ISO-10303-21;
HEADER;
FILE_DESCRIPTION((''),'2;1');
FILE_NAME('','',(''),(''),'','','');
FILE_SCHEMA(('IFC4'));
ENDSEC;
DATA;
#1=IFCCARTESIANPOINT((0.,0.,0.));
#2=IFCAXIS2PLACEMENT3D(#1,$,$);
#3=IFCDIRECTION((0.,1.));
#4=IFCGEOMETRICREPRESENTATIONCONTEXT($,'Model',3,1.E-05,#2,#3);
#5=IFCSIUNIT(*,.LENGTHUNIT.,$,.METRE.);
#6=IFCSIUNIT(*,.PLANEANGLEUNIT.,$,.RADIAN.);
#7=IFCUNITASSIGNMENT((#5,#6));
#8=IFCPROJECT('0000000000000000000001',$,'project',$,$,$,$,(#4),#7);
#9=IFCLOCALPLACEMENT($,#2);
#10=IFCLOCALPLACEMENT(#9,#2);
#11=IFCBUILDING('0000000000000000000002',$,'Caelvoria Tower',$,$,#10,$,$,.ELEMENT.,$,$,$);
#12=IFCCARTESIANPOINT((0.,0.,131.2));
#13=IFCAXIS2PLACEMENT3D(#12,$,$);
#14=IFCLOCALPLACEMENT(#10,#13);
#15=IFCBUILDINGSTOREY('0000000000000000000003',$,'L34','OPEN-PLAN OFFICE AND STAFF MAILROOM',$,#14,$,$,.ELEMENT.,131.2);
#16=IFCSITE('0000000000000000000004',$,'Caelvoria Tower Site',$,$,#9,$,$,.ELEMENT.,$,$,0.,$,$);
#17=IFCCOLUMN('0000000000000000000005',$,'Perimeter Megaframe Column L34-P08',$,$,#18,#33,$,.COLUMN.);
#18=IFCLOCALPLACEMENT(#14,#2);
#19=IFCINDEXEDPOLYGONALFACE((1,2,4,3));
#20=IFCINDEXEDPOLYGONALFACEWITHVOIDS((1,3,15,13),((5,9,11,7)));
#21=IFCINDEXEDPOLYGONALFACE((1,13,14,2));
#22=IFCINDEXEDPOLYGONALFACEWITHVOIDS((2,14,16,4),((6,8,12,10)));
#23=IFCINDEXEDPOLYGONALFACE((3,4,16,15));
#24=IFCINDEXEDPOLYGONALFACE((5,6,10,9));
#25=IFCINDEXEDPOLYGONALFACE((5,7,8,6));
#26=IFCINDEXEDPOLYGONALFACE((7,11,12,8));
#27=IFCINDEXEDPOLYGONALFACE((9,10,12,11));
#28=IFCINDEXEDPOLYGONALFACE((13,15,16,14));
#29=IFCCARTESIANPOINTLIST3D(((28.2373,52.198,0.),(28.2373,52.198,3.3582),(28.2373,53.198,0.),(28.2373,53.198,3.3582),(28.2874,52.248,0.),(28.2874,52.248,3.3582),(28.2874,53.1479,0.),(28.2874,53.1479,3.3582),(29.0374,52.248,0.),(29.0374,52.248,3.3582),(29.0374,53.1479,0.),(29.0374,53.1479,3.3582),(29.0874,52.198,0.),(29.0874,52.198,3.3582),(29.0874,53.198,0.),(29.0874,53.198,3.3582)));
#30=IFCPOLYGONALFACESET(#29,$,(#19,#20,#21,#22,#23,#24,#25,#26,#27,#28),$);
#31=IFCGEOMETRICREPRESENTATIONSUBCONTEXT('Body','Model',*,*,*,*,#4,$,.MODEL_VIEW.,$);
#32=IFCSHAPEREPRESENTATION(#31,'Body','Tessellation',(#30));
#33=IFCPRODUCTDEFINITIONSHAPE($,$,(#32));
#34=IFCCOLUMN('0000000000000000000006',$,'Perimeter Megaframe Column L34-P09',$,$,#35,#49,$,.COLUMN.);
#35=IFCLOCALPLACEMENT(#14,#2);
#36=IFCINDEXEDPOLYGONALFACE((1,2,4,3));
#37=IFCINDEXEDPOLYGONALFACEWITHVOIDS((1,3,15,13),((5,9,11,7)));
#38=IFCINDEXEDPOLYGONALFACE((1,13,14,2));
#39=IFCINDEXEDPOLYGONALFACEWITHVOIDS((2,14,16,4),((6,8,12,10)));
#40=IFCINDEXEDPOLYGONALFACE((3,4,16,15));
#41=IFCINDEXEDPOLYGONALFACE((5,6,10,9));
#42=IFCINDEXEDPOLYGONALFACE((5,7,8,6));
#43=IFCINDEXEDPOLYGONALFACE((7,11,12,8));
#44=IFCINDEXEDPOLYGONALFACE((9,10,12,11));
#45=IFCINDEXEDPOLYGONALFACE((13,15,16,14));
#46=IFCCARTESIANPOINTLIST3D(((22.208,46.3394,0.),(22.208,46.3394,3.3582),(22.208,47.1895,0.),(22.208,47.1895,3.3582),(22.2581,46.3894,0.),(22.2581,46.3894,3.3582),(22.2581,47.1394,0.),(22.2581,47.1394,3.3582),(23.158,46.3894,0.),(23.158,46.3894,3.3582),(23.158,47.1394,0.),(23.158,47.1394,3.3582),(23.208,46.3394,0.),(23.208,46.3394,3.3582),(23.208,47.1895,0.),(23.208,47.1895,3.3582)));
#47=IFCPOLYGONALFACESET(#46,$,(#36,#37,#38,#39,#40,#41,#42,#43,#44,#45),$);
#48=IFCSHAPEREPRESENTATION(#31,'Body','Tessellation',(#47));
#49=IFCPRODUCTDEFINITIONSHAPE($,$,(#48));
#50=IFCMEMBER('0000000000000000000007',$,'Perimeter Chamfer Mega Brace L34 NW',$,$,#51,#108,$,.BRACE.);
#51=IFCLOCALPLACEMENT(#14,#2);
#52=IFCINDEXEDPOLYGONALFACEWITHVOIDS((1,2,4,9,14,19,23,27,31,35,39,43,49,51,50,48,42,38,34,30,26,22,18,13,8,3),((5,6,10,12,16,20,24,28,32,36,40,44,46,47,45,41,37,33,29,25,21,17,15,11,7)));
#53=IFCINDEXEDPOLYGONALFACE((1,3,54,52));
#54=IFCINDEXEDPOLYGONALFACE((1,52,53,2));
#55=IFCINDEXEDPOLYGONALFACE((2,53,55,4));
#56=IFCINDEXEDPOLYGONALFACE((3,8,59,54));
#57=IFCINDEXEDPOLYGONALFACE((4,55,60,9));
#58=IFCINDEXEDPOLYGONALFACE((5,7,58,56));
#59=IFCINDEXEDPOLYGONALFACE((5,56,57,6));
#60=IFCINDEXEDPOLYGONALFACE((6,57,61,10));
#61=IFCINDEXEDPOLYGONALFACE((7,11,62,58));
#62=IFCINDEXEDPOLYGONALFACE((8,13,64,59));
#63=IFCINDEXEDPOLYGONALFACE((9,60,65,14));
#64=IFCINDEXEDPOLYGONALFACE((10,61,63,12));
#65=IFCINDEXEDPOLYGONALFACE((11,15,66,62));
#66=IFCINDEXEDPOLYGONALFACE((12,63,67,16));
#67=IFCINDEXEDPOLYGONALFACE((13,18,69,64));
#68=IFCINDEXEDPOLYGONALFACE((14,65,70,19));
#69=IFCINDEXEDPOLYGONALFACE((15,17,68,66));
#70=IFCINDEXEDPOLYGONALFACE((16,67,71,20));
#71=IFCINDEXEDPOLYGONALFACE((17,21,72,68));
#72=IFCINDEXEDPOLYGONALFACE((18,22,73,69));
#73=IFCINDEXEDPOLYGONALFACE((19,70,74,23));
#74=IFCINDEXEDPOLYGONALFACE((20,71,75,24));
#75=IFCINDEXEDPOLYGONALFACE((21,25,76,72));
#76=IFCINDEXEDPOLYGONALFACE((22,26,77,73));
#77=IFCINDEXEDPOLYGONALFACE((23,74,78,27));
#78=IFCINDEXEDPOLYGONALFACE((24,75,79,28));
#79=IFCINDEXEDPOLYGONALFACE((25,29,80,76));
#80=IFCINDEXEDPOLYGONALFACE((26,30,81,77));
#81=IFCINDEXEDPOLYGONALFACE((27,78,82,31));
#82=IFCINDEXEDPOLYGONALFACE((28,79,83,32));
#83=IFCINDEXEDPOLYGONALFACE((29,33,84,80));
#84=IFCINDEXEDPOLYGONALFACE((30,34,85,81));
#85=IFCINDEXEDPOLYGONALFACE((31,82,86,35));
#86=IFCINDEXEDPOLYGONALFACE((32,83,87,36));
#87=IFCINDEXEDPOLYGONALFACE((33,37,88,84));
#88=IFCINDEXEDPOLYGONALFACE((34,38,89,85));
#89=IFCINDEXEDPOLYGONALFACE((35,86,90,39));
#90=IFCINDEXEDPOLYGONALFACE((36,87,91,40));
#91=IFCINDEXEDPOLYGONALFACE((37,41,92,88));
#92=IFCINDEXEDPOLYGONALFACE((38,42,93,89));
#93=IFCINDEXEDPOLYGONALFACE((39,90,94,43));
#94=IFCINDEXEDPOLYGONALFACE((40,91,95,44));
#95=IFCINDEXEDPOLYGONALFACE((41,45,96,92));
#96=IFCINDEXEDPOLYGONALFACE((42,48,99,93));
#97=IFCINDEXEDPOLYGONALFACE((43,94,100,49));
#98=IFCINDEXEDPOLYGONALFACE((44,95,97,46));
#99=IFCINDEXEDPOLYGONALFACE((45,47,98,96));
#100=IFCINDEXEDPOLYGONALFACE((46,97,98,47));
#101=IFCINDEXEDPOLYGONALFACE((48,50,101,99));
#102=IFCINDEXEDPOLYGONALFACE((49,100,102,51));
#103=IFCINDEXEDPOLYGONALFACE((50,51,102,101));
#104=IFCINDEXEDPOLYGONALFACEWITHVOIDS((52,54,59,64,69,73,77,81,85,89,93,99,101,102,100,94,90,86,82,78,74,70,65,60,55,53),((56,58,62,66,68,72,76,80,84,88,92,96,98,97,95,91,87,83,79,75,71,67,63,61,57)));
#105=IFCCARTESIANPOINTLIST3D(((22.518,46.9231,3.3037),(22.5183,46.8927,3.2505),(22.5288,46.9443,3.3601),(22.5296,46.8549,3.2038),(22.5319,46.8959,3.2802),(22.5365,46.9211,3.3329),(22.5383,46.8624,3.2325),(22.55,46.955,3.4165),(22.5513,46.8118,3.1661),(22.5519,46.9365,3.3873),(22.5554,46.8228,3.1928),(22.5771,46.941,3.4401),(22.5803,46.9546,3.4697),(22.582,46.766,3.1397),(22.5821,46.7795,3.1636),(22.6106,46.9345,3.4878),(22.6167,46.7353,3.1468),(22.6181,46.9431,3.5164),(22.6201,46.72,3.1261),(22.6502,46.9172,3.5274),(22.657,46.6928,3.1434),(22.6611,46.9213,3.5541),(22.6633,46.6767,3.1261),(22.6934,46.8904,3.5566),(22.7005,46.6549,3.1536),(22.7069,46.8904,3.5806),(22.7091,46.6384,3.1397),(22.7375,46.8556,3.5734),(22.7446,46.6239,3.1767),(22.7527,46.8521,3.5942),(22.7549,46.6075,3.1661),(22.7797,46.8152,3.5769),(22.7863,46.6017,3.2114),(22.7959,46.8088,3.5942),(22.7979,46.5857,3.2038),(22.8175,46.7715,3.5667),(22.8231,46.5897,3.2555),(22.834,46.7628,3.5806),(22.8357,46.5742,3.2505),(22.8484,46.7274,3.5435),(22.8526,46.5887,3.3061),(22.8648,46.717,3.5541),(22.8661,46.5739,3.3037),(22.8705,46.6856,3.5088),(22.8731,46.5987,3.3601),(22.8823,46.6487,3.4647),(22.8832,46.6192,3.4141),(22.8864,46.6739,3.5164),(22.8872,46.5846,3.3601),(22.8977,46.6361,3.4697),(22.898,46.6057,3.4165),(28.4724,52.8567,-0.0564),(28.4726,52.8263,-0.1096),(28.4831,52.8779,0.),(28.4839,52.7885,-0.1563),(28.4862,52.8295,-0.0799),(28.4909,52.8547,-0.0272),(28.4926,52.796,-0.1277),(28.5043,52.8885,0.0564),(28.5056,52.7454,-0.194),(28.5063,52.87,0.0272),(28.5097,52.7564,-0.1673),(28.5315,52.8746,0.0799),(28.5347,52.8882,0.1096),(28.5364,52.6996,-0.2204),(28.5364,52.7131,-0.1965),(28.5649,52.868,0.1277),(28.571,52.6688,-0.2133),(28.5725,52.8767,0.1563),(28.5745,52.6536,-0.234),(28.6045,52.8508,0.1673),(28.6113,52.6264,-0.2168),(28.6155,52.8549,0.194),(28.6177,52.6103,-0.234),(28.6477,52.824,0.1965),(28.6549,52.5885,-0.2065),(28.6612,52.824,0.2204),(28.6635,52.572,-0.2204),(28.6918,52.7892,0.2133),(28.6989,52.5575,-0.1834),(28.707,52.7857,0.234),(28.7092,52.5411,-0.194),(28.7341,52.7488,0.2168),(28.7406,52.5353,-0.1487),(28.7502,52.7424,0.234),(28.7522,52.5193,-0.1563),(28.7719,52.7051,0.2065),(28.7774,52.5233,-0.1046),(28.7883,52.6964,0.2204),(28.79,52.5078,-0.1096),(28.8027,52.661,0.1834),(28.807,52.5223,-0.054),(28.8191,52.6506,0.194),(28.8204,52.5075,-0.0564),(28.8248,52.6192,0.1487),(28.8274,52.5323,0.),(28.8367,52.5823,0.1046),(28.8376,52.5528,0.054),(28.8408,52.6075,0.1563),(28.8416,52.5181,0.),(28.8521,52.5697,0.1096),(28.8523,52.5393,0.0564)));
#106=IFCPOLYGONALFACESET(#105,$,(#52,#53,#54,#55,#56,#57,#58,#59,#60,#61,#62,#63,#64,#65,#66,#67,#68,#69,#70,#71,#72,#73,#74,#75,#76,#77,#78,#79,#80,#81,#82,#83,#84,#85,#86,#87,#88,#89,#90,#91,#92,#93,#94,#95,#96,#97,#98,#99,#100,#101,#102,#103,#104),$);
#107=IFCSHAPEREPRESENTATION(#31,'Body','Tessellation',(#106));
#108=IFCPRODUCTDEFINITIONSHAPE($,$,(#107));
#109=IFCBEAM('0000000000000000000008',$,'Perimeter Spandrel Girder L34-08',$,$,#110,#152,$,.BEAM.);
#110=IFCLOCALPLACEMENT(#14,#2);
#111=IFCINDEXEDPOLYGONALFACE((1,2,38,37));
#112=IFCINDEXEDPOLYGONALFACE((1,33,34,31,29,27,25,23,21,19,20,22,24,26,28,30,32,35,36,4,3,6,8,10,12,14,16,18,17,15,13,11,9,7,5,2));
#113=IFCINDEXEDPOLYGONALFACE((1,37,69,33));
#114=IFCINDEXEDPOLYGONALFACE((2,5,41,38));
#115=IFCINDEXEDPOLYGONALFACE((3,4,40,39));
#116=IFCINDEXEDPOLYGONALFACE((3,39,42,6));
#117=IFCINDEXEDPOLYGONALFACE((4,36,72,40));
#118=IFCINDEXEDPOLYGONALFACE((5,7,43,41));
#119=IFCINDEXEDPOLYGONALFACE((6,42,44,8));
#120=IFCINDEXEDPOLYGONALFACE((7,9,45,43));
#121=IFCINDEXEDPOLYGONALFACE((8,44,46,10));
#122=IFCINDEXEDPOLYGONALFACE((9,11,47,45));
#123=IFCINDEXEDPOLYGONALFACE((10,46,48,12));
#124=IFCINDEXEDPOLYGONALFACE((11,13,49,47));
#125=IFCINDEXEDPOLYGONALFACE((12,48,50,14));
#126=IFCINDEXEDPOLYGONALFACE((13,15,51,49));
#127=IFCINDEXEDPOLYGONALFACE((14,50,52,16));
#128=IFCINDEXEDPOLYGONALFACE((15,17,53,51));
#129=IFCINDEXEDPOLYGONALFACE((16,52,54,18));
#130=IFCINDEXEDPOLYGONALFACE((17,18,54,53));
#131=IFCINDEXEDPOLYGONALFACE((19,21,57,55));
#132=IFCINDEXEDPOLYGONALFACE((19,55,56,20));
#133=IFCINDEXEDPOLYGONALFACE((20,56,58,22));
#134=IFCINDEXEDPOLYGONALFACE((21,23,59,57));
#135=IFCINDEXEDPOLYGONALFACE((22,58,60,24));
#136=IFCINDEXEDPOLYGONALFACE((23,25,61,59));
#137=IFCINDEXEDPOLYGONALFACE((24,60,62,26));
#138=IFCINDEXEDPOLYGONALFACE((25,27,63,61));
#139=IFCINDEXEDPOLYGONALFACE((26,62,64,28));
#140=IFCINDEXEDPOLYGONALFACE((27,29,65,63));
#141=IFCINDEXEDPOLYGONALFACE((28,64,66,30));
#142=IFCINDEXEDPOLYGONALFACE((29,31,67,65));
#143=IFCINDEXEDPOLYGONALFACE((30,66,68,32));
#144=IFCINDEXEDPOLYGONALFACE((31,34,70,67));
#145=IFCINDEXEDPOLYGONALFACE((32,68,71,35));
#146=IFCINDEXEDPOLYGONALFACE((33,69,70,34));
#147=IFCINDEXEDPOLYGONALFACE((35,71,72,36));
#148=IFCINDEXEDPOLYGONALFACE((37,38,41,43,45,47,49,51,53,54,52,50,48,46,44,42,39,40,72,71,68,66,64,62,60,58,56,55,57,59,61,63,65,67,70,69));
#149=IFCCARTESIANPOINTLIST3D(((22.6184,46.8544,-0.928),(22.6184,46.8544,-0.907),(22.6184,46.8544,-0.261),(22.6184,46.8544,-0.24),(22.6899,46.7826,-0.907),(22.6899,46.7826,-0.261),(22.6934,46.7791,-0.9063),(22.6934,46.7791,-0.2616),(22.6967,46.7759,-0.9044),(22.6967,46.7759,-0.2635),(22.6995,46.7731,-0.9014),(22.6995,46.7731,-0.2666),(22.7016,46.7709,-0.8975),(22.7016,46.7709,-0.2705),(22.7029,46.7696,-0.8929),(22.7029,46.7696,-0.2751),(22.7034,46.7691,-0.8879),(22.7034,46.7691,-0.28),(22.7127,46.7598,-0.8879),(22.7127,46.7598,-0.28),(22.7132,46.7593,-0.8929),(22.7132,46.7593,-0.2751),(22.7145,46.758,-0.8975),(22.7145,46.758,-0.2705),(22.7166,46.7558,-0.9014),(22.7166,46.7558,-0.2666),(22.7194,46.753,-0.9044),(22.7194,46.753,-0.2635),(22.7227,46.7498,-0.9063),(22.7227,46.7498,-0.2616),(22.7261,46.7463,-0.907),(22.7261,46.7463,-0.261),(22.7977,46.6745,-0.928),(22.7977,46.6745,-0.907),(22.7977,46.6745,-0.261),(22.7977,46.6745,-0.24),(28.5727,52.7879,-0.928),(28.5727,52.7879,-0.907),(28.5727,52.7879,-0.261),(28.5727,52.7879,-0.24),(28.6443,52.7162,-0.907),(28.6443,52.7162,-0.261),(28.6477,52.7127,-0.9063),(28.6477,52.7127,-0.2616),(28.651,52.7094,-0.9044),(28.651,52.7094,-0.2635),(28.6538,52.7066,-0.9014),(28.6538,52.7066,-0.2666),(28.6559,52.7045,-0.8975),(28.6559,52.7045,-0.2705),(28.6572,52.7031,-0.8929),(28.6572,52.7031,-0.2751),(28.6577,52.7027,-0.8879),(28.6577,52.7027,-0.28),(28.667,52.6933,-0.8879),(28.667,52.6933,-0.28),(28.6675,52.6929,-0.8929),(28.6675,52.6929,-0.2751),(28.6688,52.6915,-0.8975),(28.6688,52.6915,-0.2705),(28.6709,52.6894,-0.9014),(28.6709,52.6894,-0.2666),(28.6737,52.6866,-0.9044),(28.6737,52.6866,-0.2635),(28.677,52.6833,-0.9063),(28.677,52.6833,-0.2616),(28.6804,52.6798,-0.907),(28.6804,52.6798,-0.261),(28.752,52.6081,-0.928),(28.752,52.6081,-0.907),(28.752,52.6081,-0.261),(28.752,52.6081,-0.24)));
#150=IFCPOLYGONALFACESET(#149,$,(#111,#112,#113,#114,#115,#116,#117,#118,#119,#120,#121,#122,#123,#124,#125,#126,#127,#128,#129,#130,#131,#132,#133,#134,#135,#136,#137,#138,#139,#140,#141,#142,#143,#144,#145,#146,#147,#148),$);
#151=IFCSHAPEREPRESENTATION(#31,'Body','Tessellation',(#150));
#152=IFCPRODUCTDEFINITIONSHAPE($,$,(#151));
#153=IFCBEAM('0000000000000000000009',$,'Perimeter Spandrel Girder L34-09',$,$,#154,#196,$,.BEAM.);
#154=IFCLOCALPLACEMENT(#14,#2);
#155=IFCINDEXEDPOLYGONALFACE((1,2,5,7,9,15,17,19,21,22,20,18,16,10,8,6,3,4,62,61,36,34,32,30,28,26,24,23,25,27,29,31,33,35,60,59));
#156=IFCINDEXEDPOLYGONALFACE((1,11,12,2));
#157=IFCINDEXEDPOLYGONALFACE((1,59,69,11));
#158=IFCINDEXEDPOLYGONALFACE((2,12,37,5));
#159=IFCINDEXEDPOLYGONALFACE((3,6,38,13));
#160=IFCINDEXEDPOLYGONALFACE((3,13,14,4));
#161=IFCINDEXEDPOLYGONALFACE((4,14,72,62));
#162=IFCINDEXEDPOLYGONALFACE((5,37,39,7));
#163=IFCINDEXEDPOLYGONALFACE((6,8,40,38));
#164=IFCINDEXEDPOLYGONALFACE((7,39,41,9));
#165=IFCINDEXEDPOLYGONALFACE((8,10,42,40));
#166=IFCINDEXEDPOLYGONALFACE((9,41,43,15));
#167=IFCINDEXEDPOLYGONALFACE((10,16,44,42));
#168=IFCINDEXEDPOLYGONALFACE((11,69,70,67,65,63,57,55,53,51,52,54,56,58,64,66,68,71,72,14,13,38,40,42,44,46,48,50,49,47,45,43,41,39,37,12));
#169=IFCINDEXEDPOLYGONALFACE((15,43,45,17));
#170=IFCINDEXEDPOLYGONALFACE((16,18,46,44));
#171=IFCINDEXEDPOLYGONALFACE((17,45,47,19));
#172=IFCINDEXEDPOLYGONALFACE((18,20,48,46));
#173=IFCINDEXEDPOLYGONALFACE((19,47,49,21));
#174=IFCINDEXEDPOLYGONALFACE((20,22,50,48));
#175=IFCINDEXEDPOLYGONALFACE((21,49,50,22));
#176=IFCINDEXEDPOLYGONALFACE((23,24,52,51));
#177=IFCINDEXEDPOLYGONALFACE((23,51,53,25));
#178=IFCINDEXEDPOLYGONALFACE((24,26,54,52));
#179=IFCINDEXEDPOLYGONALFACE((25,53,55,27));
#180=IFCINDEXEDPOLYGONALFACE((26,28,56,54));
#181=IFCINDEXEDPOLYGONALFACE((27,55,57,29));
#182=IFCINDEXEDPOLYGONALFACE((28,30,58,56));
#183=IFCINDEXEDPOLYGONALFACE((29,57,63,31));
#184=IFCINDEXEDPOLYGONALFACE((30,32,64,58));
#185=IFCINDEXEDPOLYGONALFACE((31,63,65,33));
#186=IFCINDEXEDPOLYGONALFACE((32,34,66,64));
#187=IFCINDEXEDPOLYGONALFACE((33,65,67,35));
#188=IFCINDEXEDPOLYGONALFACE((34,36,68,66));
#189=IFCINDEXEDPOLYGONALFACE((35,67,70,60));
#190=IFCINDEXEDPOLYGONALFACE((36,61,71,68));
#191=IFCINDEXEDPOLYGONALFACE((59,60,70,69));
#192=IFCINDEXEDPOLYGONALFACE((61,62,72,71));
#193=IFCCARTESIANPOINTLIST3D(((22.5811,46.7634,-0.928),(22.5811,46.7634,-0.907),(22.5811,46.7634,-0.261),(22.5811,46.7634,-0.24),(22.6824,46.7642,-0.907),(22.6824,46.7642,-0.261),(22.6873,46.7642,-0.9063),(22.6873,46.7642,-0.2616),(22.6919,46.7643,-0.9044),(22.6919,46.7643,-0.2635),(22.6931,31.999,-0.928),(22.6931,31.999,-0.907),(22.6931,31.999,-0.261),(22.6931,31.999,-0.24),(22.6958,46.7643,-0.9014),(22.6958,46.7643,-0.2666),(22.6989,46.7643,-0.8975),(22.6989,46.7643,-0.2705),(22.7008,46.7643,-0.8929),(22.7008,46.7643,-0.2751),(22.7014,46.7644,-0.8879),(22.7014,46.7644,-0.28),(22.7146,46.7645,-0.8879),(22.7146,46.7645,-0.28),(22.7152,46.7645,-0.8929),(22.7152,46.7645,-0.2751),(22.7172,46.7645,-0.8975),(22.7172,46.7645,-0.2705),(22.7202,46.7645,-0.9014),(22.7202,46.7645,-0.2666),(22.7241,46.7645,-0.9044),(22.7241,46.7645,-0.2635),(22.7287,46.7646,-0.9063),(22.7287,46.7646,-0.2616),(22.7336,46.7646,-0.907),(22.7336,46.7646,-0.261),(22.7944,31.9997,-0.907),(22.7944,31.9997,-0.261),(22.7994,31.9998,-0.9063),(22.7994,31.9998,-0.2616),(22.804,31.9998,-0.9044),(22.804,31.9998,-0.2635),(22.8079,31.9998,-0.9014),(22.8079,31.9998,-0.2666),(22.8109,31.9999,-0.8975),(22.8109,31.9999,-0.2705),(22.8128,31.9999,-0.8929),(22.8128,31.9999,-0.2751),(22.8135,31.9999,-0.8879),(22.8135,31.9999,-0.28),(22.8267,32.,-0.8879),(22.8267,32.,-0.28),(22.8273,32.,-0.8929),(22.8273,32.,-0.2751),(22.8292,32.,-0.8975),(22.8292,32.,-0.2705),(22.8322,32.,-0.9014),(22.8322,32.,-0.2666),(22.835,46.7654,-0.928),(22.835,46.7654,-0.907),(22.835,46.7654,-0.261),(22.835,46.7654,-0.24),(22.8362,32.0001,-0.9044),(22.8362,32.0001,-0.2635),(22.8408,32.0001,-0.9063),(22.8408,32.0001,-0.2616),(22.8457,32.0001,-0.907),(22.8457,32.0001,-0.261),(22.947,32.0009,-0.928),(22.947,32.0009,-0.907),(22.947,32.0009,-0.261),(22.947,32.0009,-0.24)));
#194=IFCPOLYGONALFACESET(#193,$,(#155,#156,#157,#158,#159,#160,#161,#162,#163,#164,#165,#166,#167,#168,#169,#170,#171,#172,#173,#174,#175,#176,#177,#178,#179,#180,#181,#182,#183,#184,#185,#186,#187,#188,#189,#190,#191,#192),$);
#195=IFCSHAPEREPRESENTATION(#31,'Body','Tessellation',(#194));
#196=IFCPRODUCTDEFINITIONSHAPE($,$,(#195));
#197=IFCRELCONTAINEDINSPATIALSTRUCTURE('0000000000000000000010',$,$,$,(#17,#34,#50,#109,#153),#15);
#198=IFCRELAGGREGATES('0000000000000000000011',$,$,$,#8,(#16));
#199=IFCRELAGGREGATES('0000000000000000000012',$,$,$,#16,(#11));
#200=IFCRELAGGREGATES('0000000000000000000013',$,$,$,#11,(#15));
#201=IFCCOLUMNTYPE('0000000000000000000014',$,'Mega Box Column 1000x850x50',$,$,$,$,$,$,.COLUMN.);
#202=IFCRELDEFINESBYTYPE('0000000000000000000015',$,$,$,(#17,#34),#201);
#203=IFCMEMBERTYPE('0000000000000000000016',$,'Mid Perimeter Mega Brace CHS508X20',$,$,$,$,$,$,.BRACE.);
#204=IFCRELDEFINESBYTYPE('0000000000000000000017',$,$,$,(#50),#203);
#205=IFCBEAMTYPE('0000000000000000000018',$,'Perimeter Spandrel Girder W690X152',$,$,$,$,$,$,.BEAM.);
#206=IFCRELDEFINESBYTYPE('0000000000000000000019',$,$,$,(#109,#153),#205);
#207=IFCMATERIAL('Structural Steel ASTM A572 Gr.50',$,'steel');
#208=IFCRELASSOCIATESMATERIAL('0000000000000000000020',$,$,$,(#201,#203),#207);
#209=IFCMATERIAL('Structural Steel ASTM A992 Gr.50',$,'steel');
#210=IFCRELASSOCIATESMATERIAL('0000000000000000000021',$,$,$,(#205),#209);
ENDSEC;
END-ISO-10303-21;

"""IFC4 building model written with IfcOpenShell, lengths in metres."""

from ifc_helpers import new_model, si_unit, direction, frame, origin, origin_2d, place, context, subcontext, project, spatial, hollow_rectangle, hollow_circle, i_section, extrude, material, material_profile, profile_set, type_object, element, save


model = new_model("IFC4")

# Units and contexts
model_context = context("Model", 3, precision=1e-05, world=origin(), true_north=direction((0.0, 1.0)))
body_context = subcontext(model_context, "Body", "Model", "MODEL_VIEW")
ifc_project = project(units=[si_unit("LENGTHUNIT", "METRE"), si_unit("PLANEANGLEUNIT", "RADIAN")], contexts=[model_context])

# Site, building, storey
site_placement = place(None, origin())
site = spatial("IfcSite", under=ifc_project, at=site_placement, Name="Caelvoria Tower Site", CompositionType="ELEMENT", RefElevation=0.0)
building_placement = place(site_placement, origin())
building = spatial("IfcBuilding", under=site, at=building_placement, Name="Caelvoria Tower", CompositionType="ELEMENT")
storey_placement = place(building_placement, frame((0.0, 0.0, 131.2)))
storey = spatial("IfcBuildingStorey", under=building, at=storey_placement, Name="L34", Description="OPEN-PLAN OFFICE AND STAFF MAILROOM", CompositionType="ELEMENT", Elevation=131.2)

# Columns
ifc_material_1 = material(Name="Structural Steel ASTM A572 Gr.50", Category="steel")
ifc_material_profile_1 = material_profile(ifc_material_1, hollow_rectangle(XDim=0.8501, YDim=1.0, WallThickness=0.05, at=origin_2d()), Name="Structural Steel ASTM A572 Gr.50")
ifc_profile_set_1 = profile_set([ifc_material_profile_1], Name="BOX1000X850X50 - Structural Steel ASTM A572 Gr.50")
column_type = type_object("IfcColumnType", Name="Mega Box Column 1000x850x50", PredefinedType="COLUMN", material=ifc_profile_set_1)
for number, where, z_axis, x_axis, name in (
    (1, (28.6624, 52.698, 0.0), (0.0, 0.0, 1.0), (1.0, 0.0, 0.0), "Perimeter Megaframe Column L34-P08"),
    (2, (22.708, 46.7644, 0.0), (0.0, 0.0, 1.0), (0.0, 1.0, 0.0), "Perimeter Megaframe Column L34-P09"),
):
    element("IfcColumn", number, at=place(storey_placement, frame(where, z_axis=z_axis, x_axis=x_axis)), inside=storey, type_object=column_type, Name=name, PredefinedType="COLUMN", context=body_context, shape_type="SweptSolid", body=[
        extrude(hollow_rectangle(XDim=0.8501, YDim=1.0, WallThickness=0.05, at=origin_2d()), origin(), (0.0, 0.0, 1.0), 3.3582),
    ])

# Member
ifc_material_profile_2 = material_profile(ifc_material_1, hollow_circle(Radius=0.2539, WallThickness=0.02, at=origin_2d()), Name="Structural Steel ASTM A572 Gr.50")
ifc_profile_set_2 = profile_set([ifc_material_profile_2], Name="CHS508X20 - Structural Steel ASTM A572 Gr.50")
member_type = type_object("IfcMemberType", Name="Mid Perimeter Mega Brace CHS508X20", PredefinedType="BRACE", material=ifc_profile_set_2)
member_placement = place(storey_placement, frame((28.6624, 52.698, 0.0), z_axis=(-0.65774, -0.655447, 0.37117), x_axis=(0.705871, -0.70834, 0.0)))
element("IfcMember", 3, at=member_placement, inside=storey, type_object=member_type, Name="Perimeter Chamfer Mega Brace L34 NW", PredefinedType="BRACE", context=body_context, shape_type="SweptSolid", body=[
    extrude(hollow_circle(Radius=0.2539, WallThickness=0.02, at=origin_2d()), origin(), (0.0, 0.0, 1.0), 9.0527),
])

# Beams
ifc_material_2 = material(Name="Structural Steel ASTM A992 Gr.50", Category="steel")
ifc_material_profile_3 = material_profile(ifc_material_2, i_section(OverallWidth=0.2539, OverallDepth=0.688, WebThickness=0.0132, FlangeThickness=0.021, FilletRadius=0.019, at=origin_2d()), Name="Structural Steel ASTM A992 Gr.50")
ifc_profile_set_3 = profile_set([ifc_material_profile_3], Name="W690X152 - Structural Steel ASTM A992 Gr.50")
beam_type = type_object("IfcBeamType", Name="Perimeter Spandrel Girder W690X152", PredefinedType="BEAM", material=ifc_profile_set_3)
beam_1_placement = place(storey_placement, frame((28.6624, 52.698, -0.584), z_axis=(-0.70834, -0.705871, 0.0), x_axis=(0.705871, -0.70834, 0.0)))
element("IfcBeam", 4, at=beam_1_placement, inside=storey, type_object=beam_type, Name="Perimeter Spandrel Girder L34-08", PredefinedType="BEAM", context=body_context, shape_type="SweptSolid", body=[
    extrude(i_section(OverallWidth=0.2539, OverallDepth=0.688, WebThickness=0.0132, FlangeThickness=0.021, FilletRadius=0.019, at=origin_2d()), origin(), (0.0, 0.0, 1.0), 8.406),
])
beam_2_placement = place(storey_placement, frame((22.708, 46.7644, -0.584), z_axis=(0.00759, -0.999971, 0.0), x_axis=(0.999971, 0.00759, 0.0)))
element("IfcBeam", 5, at=beam_2_placement, inside=storey, type_object=beam_type, Name="Perimeter Spandrel Girder L34-09", PredefinedType="BEAM", context=body_context, shape_type="SweptSolid", body=[
    extrude(i_section(OverallWidth=0.2539, OverallDepth=0.688, WebThickness=0.0132, FlangeThickness=0.021, FilletRadius=0.019, at=origin_2d()), origin(), (0.0, 0.0, 1.0), 14.7649),
])

save(model, "model.ifc")
